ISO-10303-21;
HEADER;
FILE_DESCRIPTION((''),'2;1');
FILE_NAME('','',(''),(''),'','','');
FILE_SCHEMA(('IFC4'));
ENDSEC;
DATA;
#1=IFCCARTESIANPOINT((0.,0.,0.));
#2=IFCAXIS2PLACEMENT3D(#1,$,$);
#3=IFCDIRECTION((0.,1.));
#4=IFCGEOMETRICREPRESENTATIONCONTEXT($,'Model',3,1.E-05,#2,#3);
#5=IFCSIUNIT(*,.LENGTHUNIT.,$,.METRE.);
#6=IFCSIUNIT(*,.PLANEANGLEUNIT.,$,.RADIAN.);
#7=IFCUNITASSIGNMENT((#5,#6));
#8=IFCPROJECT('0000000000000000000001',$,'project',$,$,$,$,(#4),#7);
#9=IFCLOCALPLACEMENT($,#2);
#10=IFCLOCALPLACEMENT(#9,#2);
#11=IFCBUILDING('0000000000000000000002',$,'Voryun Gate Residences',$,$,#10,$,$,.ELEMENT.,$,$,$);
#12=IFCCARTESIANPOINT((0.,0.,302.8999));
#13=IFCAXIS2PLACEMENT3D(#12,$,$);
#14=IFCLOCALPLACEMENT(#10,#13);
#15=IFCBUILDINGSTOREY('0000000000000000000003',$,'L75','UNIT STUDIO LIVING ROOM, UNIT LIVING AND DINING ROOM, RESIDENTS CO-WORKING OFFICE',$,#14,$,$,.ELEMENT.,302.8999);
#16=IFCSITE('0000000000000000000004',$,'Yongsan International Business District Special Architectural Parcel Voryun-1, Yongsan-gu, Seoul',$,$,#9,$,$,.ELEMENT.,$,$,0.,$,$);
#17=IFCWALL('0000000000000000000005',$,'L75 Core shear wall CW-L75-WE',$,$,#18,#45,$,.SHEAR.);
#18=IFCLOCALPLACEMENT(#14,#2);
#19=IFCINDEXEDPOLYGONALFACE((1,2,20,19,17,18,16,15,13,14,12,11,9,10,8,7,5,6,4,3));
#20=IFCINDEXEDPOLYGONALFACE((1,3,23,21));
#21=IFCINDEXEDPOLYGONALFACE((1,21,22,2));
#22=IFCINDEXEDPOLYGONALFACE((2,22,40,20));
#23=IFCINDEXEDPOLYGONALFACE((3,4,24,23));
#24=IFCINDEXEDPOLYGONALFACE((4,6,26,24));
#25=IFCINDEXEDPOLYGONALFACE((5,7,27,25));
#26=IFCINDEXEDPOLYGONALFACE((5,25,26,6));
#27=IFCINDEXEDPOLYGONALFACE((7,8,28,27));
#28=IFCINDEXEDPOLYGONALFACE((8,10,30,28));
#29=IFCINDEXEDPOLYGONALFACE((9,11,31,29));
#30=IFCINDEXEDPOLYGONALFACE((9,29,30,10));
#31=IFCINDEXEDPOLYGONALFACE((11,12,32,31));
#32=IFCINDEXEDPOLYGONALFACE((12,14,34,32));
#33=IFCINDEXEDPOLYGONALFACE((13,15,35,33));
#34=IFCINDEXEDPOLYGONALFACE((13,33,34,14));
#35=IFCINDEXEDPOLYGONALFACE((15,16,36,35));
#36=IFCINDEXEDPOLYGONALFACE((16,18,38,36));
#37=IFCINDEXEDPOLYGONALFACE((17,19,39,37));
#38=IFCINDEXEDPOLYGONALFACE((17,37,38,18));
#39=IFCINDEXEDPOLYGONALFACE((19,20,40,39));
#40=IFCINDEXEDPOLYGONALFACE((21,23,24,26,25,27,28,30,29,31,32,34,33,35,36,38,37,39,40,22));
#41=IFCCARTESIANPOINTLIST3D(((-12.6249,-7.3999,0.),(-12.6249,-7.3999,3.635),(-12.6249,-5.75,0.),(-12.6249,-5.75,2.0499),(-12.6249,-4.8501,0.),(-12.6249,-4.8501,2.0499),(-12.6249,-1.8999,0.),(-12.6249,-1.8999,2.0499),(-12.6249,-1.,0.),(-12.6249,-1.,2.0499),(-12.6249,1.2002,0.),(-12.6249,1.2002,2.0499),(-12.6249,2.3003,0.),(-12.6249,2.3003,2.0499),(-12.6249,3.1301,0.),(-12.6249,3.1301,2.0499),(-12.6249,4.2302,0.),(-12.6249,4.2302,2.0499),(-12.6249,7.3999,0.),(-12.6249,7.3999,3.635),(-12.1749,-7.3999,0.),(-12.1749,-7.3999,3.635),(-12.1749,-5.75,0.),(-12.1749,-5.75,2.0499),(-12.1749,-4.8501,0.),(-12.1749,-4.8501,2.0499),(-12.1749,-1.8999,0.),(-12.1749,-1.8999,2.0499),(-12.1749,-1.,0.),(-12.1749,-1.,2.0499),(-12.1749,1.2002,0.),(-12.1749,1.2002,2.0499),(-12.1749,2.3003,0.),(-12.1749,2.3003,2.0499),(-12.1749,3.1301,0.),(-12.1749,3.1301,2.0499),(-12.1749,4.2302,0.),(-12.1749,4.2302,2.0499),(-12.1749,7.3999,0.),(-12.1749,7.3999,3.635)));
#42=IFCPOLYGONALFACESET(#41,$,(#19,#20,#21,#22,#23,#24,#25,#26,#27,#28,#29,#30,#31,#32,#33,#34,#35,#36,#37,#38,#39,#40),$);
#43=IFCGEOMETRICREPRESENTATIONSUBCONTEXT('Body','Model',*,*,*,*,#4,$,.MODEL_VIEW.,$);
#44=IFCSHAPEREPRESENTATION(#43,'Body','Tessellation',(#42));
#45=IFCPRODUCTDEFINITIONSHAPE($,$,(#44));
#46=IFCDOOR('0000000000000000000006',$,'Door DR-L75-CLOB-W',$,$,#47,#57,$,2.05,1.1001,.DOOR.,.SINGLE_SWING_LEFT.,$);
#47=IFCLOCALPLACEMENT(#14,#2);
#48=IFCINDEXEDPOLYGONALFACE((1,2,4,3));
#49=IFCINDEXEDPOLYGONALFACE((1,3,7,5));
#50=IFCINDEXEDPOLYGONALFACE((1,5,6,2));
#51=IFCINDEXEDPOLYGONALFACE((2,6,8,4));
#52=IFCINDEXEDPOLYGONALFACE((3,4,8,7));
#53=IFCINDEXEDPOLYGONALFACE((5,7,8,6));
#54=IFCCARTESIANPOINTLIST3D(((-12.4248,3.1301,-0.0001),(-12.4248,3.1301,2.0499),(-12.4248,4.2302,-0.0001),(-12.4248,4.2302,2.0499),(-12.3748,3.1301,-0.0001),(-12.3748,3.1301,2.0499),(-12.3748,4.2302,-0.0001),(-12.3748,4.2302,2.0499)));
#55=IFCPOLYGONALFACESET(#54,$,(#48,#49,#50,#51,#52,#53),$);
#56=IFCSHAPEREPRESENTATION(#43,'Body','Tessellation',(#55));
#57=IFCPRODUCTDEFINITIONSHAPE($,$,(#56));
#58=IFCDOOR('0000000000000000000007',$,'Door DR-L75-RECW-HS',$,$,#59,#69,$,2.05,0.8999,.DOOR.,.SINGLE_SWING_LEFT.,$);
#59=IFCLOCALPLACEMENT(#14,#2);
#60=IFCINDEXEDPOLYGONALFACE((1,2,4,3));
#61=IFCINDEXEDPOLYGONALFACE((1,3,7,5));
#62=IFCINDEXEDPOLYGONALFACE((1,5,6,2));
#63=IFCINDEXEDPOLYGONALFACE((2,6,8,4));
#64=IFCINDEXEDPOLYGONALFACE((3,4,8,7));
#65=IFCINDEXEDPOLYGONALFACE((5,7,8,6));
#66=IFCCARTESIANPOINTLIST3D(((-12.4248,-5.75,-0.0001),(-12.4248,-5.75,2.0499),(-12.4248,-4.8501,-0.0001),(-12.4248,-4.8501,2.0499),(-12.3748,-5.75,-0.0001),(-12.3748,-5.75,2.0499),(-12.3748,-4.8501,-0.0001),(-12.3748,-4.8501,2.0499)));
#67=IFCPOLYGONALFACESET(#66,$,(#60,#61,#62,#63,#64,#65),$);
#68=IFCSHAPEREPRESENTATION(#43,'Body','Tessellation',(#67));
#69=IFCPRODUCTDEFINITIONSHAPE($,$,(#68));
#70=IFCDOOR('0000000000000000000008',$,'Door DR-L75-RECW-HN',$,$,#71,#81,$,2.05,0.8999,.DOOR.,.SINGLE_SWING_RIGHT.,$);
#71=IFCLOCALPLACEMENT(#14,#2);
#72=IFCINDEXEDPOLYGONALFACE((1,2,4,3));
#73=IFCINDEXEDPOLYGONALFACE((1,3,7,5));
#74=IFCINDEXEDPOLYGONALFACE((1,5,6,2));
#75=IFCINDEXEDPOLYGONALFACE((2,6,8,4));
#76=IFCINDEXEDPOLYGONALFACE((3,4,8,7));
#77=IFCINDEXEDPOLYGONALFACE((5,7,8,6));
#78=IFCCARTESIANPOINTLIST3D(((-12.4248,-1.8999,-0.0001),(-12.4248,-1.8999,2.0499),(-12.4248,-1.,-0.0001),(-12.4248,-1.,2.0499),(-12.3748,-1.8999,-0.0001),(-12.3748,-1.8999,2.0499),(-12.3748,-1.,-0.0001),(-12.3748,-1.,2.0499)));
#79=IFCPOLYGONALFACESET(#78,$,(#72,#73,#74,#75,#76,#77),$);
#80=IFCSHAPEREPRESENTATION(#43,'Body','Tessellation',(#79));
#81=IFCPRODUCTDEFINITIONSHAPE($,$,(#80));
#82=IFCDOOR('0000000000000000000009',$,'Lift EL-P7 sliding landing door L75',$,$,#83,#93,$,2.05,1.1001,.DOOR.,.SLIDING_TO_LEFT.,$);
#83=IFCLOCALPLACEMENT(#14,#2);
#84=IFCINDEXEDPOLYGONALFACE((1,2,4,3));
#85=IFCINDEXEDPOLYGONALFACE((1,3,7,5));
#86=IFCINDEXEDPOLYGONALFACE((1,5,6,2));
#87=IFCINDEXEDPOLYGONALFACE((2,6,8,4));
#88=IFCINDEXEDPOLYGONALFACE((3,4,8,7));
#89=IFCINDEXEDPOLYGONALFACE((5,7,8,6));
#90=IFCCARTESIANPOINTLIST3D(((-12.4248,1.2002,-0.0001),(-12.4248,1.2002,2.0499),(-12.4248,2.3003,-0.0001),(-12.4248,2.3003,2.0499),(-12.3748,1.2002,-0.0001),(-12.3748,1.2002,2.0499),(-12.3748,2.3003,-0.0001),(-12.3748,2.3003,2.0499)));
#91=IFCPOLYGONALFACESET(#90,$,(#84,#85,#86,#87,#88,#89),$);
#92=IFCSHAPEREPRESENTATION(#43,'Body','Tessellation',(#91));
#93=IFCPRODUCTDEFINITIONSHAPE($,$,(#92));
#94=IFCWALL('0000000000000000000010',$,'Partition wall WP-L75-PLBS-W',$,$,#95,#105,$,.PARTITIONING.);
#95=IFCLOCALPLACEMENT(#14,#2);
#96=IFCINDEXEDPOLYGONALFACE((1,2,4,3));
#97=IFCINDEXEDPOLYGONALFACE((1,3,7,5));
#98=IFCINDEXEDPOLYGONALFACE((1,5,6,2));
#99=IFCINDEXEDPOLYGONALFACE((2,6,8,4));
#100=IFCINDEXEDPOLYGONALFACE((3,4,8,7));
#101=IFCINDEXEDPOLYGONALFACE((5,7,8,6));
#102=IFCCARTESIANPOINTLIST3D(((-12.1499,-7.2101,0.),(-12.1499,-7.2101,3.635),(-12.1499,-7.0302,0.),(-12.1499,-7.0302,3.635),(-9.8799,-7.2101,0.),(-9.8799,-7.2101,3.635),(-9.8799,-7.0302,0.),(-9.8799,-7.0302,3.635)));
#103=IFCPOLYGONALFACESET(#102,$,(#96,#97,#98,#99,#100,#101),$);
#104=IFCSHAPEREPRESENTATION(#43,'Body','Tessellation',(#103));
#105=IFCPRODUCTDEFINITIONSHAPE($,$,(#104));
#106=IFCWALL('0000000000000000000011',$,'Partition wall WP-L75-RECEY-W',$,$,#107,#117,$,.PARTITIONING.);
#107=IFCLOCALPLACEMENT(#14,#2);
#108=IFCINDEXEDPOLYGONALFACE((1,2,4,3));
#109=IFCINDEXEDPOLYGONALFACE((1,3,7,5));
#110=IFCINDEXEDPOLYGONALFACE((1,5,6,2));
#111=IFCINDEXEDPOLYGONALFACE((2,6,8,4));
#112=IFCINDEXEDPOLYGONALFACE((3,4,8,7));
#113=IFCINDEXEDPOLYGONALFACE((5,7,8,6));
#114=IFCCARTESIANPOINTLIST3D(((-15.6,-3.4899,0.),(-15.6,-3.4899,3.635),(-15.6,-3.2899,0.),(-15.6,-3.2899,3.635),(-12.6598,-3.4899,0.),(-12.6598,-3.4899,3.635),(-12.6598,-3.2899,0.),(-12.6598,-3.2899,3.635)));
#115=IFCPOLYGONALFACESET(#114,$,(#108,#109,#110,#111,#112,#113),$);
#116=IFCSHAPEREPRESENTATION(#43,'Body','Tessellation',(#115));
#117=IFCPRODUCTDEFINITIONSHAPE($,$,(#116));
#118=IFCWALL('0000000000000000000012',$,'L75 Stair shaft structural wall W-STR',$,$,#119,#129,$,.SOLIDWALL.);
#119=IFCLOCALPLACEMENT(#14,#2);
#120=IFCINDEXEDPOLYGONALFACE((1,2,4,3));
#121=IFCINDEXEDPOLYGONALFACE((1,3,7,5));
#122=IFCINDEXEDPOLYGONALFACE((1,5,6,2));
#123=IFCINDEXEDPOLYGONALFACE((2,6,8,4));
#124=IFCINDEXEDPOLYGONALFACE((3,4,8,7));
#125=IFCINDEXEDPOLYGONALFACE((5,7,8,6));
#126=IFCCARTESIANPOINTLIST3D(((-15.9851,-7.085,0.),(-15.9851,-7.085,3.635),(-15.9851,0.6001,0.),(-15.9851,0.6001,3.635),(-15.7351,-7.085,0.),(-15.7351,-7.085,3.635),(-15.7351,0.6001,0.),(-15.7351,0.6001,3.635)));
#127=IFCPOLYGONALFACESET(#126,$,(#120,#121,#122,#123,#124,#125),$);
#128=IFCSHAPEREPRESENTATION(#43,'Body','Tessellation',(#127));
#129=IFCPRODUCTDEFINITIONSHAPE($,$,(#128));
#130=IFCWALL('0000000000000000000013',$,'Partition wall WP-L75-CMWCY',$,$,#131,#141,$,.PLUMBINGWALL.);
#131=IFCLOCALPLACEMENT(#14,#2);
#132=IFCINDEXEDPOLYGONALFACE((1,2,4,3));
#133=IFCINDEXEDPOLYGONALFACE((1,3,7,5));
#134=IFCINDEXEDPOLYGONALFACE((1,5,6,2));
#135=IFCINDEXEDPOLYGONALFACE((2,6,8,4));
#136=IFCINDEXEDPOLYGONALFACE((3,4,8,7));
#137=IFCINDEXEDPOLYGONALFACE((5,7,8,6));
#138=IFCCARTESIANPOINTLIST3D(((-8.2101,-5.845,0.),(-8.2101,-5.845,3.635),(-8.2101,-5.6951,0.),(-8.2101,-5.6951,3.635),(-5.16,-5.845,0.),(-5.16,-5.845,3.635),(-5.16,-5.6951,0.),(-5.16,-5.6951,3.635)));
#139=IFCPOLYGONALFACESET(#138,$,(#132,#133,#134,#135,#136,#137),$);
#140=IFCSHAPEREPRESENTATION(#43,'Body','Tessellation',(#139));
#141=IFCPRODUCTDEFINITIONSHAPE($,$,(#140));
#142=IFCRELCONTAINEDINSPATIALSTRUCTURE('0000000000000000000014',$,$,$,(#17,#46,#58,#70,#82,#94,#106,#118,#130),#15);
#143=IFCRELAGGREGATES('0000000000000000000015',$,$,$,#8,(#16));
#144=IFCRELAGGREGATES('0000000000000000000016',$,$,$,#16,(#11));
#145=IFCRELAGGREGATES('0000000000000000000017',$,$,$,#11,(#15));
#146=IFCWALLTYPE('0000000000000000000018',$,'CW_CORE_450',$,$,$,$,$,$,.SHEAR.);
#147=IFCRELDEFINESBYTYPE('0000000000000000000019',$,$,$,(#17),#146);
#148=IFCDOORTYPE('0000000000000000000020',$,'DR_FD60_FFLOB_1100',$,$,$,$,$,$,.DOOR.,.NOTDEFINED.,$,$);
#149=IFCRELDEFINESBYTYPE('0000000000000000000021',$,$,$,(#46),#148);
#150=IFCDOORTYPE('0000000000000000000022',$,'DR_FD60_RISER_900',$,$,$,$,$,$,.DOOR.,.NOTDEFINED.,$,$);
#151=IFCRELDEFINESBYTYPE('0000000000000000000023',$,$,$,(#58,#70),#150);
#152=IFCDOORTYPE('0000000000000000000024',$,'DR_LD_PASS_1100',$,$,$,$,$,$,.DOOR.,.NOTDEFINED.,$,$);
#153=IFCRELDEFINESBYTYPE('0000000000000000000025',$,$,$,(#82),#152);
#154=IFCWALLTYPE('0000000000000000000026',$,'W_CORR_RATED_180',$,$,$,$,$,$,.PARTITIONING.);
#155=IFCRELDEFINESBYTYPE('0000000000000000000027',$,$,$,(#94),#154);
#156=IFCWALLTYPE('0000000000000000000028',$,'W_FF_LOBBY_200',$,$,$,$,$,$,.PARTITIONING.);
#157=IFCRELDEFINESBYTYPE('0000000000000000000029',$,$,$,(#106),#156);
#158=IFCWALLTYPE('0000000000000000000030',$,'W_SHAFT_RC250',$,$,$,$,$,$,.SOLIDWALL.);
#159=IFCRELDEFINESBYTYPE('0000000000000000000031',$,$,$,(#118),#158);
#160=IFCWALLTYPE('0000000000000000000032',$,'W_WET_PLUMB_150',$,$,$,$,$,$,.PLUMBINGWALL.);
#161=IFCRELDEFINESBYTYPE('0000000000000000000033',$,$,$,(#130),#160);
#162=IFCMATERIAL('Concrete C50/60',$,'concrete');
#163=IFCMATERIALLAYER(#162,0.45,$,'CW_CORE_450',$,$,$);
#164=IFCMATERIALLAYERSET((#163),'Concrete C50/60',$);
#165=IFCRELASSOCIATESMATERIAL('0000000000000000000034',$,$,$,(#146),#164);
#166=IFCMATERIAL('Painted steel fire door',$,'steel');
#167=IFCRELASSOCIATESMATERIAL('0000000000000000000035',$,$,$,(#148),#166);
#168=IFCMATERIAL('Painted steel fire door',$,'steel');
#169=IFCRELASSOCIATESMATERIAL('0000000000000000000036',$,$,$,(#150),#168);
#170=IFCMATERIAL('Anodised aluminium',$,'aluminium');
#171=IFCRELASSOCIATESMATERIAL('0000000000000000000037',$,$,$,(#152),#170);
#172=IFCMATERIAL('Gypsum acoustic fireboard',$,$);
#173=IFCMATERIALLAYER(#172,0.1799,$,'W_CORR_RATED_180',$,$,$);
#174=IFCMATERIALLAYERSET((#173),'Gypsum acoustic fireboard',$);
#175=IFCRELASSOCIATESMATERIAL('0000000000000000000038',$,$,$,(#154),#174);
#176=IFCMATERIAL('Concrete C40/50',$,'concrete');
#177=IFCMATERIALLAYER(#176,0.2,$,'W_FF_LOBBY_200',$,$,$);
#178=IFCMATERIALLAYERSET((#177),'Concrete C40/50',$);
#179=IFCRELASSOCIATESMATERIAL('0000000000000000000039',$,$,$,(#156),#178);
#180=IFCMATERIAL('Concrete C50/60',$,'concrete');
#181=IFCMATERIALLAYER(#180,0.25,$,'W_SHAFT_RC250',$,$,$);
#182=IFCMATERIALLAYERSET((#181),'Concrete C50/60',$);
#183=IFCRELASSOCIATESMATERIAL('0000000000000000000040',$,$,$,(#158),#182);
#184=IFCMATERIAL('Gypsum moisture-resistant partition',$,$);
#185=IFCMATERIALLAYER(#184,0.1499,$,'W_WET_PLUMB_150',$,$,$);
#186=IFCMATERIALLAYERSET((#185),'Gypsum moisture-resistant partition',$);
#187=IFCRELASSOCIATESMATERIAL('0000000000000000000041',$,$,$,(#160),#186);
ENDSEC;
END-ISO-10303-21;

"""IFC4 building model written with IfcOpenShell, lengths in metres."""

from ifc_helpers import new_model, si_unit, direction, frame, frame_2d, origin, place, context, subcontext, project, spatial, rectangle, extrude, material, layer, layer_set, type_object, element, fill, save


model = new_model("IFC4")

# Units and contexts
model_context = context("Model", 3, precision=1e-05, world=origin(), true_north=direction((0.0, 1.0)))
body_context = subcontext(model_context, "Body", "Model", "MODEL_VIEW")
ifc_project = project(units=[si_unit("LENGTHUNIT", "METRE"), si_unit("PLANEANGLEUNIT", "RADIAN")], contexts=[model_context])

# Site, building, storey
site_placement = place(None, origin())
site = spatial("IfcSite", under=ifc_project, at=site_placement, Name="Yongsan International Business District Special Architectural Parcel Voryun-1, Yongsan-gu, Seoul", CompositionType="ELEMENT", RefElevation=0.0)
building_placement = place(site_placement, origin())
building = spatial("IfcBuilding", under=site, at=building_placement, Name="Voryun Gate Residences", CompositionType="ELEMENT")
storey_placement = place(building_placement, frame((0.0, 0.0, 302.8999)))
storey = spatial("IfcBuildingStorey", under=building, at=storey_placement, Name="L75", Description="UNIT STUDIO LIVING ROOM, UNIT LIVING AND DINING ROOM, RESIDENTS CO-WORKING OFFICE", CompositionType="ELEMENT", Elevation=302.8999)

# Wall, openings, doors
ifc_material_1 = material(Name="Concrete C50/60", Category="concrete")
ifc_layer_1 = layer(ifc_material_1, 0.45, Name="CW_CORE_450")
ifc_layer_set_1 = layer_set([ifc_layer_1], Name="Concrete C50/60")
wall_type_1 = type_object("IfcWallType", Name="CW_CORE_450", PredefinedType="SHEAR", material=ifc_layer_set_1)
wall_1_placement = place(storey_placement, frame((-12.3999, -7.3999, 0.0), z_axis=(0.0, 0.0, 1.0), x_axis=(0.0, 1.0, 0.0)))
wall_1 = element("IfcWall", 1, at=wall_1_placement, inside=storey, type_object=wall_type_1, Name="L75 Core shear wall CW-L75-WE", PredefinedType="SHEAR", context=body_context, shape_type="SweptSolid", body=[
    extrude(rectangle(XDim=14.7998, YDim=0.45, at=frame_2d((7.3999, 0.0))), origin(), (0.0, 0.0, 1.0), 3.635),
])
opening_1_placement = place(wall_1_placement, frame((8.6001, 0.0, 0.0)))
opening_1 = element("IfcOpeningElement", 2, at=opening_1_placement, cuts=wall_1, PredefinedType="OPENING", context=body_context, shape_type="SweptSolid", body=[
    extrude(rectangle(XDim=1.1001, YDim=2.05, at=frame_2d((0.55, 1.0249))), frame((0.0, 0.2351, 0.0), z_axis=(0.0, -1.0, 0.0), x_axis=(1.0, 0.0, 0.0)), (0.0, 0.0, 1.0), 0.47),
])
opening_2_placement = place(wall_1_placement, frame((10.53, 0.0, 0.0)))
opening_2 = element("IfcOpeningElement", 3, at=opening_2_placement, cuts=wall_1, PredefinedType="OPENING", context=body_context, shape_type="SweptSolid", body=[
    extrude(rectangle(XDim=1.1001, YDim=2.05, at=frame_2d((0.55, 1.0249))), frame((0.0, 0.2351, 0.0), z_axis=(0.0, -1.0, 0.0), x_axis=(1.0, 0.0, 0.0)), (0.0, 0.0, 1.0), 0.47),
])
opening_3_placement = place(wall_1_placement, frame((1.6499, 0.0, 0.0)))
opening_3 = element("IfcOpeningElement", 4, at=opening_3_placement, cuts=wall_1, PredefinedType="OPENING", context=body_context, shape_type="SweptSolid", body=[
    extrude(rectangle(XDim=0.8999, YDim=2.05, at=frame_2d((0.45, 1.0249))), frame((0.0, 0.2351, 0.0), z_axis=(0.0, -1.0, 0.0), x_axis=(1.0, 0.0, 0.0)), (0.0, 0.0, 1.0), 0.47),
])
opening_4_placement = place(wall_1_placement, frame((5.5, 0.0, 0.0)))
opening_4 = element("IfcOpeningElement", 5, at=opening_4_placement, cuts=wall_1, PredefinedType="OPENING", context=body_context, shape_type="SweptSolid", body=[
    extrude(rectangle(XDim=0.8999, YDim=2.05, at=frame_2d((0.45, 1.0249))), frame((0.0, 0.2351, 0.0), z_axis=(0.0, -1.0, 0.0), x_axis=(1.0, 0.0, 0.0)), (0.0, 0.0, 1.0), 0.47),
])
ifc_material_2 = material(Name="Painted steel fire door", Category="steel")
door_type_1 = type_object("IfcDoorType", Name="DR_FD60_FFLOB_1100", OperationType="NOTDEFINED", PredefinedType="DOOR", material=ifc_material_2)
door_1_placement = place(opening_2_placement, origin())
door_1 = element("IfcDoor", 6, at=door_1_placement, inside=storey, type_object=door_type_1, Name="Door DR-L75-CLOB-W", OperationType="SINGLE_SWING_LEFT", OverallHeight=2.05, OverallWidth=1.1001, PredefinedType="DOOR", context=body_context, shape_type="SweptSolid", body=[
    extrude(rectangle(XDim=1.1001, YDim=2.05, at=frame_2d((0.55, 1.0249))), frame((0.0, 0.0249, 0.0), z_axis=(0.0, -1.0, 0.0), x_axis=(1.0, 0.0, 0.0)), (0.0, 0.0, 1.0), 0.05),
])
fill(opening_2, door_1)
ifc_material_3 = material(Name="Painted steel fire door", Category="steel")
door_type_2 = type_object("IfcDoorType", Name="DR_FD60_RISER_900", OperationType="NOTDEFINED", PredefinedType="DOOR", material=ifc_material_3)
door_2_placement = place(opening_3_placement, origin())
door_2 = element("IfcDoor", 7, at=door_2_placement, inside=storey, type_object=door_type_2, Name="Door DR-L75-RECW-HS", OperationType="SINGLE_SWING_LEFT", OverallHeight=2.05, OverallWidth=0.8999, PredefinedType="DOOR", context=body_context, shape_type="SweptSolid", body=[
    extrude(rectangle(XDim=0.8999, YDim=2.05, at=frame_2d((0.45, 1.0249))), frame((0.0, 0.0249, 0.0), z_axis=(0.0, -1.0, 0.0), x_axis=(1.0, 0.0, 0.0)), (0.0, 0.0, 1.0), 0.05),
])
fill(opening_3, door_2)
door_3_placement = place(opening_4_placement, origin())
door_3 = element("IfcDoor", 8, at=door_3_placement, inside=storey, type_object=door_type_2, Name="Door DR-L75-RECW-HN", OperationType="SINGLE_SWING_RIGHT", OverallHeight=2.05, OverallWidth=0.8999, PredefinedType="DOOR", context=body_context, shape_type="SweptSolid", body=[
    extrude(rectangle(XDim=0.8999, YDim=2.05, at=frame_2d((0.45, 1.0249))), frame((0.0, 0.0249, 0.0), z_axis=(0.0, -1.0, 0.0), x_axis=(1.0, 0.0, 0.0)), (0.0, 0.0, 1.0), 0.05),
])
fill(opening_4, door_3)
ifc_material_4 = material(Name="Anodised aluminium", Category="aluminium")
door_type_3 = type_object("IfcDoorType", Name="DR_LD_PASS_1100", OperationType="NOTDEFINED", PredefinedType="DOOR", material=ifc_material_4)
door_4_placement = place(opening_1_placement, origin())
door_4 = element("IfcDoor", 9, at=door_4_placement, inside=storey, type_object=door_type_3, Name="Lift EL-P7 sliding landing door L75", OperationType="SLIDING_TO_LEFT", OverallHeight=2.05, OverallWidth=1.1001, PredefinedType="DOOR", context=body_context, shape_type="SweptSolid", body=[
    extrude(rectangle(XDim=1.1001, YDim=2.05, at=frame_2d((0.55, 1.0249))), frame((0.0, 0.0249, 0.0), z_axis=(0.0, -1.0, 0.0), x_axis=(1.0, 0.0, 0.0)), (0.0, 0.0, 1.0), 0.05),
])
fill(opening_1, door_4)

# Walls
ifc_material_5 = material(Name="Gypsum acoustic fireboard")
ifc_layer_2 = layer(ifc_material_5, 0.1799, Name="W_CORR_RATED_180")
ifc_layer_set_2 = layer_set([ifc_layer_2], Name="Gypsum acoustic fireboard")
wall_type_2 = type_object("IfcWallType", Name="W_CORR_RATED_180", PredefinedType="PARTITIONING", material=ifc_layer_set_2)
wall_2_placement = place(storey_placement, frame((-12.1499, -7.1201, 0.0), z_axis=(0.0, 0.0, 1.0), x_axis=(1.0, 0.0, 0.0)))
element("IfcWall", 10, at=wall_2_placement, inside=storey, type_object=wall_type_2, Name="Partition wall WP-L75-PLBS-W", PredefinedType="PARTITIONING", context=body_context, shape_type="SweptSolid", body=[
    extrude(rectangle(XDim=2.27, YDim=0.1799, at=frame_2d((1.135, 0.0))), origin(), (0.0, 0.0, 1.0), 3.635),
])
ifc_material_6 = material(Name="Concrete C40/50", Category="concrete")
ifc_layer_3 = layer(ifc_material_6, 0.2, Name="W_FF_LOBBY_200")
ifc_layer_set_3 = layer_set([ifc_layer_3], Name="Concrete C40/50")
wall_type_3 = type_object("IfcWallType", Name="W_FF_LOBBY_200", PredefinedType="PARTITIONING", material=ifc_layer_set_3)
wall_3_placement = place(storey_placement, frame((-15.6001, -3.3899, 0.0), z_axis=(0.0, 0.0, 1.0), x_axis=(1.0, 0.0, 0.0)))
element("IfcWall", 11, at=wall_3_placement, inside=storey, type_object=wall_type_3, Name="Partition wall WP-L75-RECEY-W", PredefinedType="PARTITIONING", context=body_context, shape_type="SweptSolid", body=[
    extrude(rectangle(XDim=2.9402, YDim=0.2, at=frame_2d((1.4702, 0.0))), origin(), (0.0, 0.0, 1.0), 3.635),
])
ifc_material_7 = material(Name="Concrete C50/60", Category="concrete")
ifc_layer_4 = layer(ifc_material_7, 0.25, Name="W_SHAFT_RC250")
ifc_layer_set_4 = layer_set([ifc_layer_4], Name="Concrete C50/60")
wall_type_4 = type_object("IfcWallType", Name="W_SHAFT_RC250", PredefinedType="SOLIDWALL", material=ifc_layer_set_4)
wall_4_placement = place(storey_placement, frame((-15.8601, -7.085, 0.0), z_axis=(0.0, 0.0, 1.0), x_axis=(0.0, 1.0, 0.0)))
element("IfcWall", 12, at=wall_4_placement, inside=storey, type_object=wall_type_4, Name="L75 Stair shaft structural wall W-STR", PredefinedType="SOLIDWALL", context=body_context, shape_type="SweptSolid", body=[
    extrude(rectangle(XDim=7.6851, YDim=0.25, at=frame_2d((3.8425, 0.0))), origin(), (0.0, 0.0, 1.0), 3.635),
])
ifc_material_8 = material(Name="Gypsum moisture-resistant partition")
ifc_layer_5 = layer(ifc_material_8, 0.1499, Name="W_WET_PLUMB_150")
ifc_layer_set_5 = layer_set([ifc_layer_5], Name="Gypsum moisture-resistant partition")
wall_type_5 = type_object("IfcWallType", Name="W_WET_PLUMB_150", PredefinedType="PLUMBINGWALL", material=ifc_layer_set_5)
wall_5_placement = place(storey_placement, frame((-8.21, -5.77, 0.0), z_axis=(0.0, 0.0, 1.0), x_axis=(1.0, 0.0, 0.0)))
element("IfcWall", 13, at=wall_5_placement, inside=storey, type_object=wall_type_5, Name="Partition wall WP-L75-CMWCY", PredefinedType="PLUMBINGWALL", context=body_context, shape_type="SweptSolid", body=[
    extrude(rectangle(XDim=3.05, YDim=0.1499, at=frame_2d((1.5249, 0.0))), origin(), (0.0, 0.0, 1.0), 3.635),
])

save(model, "model.ifc")
